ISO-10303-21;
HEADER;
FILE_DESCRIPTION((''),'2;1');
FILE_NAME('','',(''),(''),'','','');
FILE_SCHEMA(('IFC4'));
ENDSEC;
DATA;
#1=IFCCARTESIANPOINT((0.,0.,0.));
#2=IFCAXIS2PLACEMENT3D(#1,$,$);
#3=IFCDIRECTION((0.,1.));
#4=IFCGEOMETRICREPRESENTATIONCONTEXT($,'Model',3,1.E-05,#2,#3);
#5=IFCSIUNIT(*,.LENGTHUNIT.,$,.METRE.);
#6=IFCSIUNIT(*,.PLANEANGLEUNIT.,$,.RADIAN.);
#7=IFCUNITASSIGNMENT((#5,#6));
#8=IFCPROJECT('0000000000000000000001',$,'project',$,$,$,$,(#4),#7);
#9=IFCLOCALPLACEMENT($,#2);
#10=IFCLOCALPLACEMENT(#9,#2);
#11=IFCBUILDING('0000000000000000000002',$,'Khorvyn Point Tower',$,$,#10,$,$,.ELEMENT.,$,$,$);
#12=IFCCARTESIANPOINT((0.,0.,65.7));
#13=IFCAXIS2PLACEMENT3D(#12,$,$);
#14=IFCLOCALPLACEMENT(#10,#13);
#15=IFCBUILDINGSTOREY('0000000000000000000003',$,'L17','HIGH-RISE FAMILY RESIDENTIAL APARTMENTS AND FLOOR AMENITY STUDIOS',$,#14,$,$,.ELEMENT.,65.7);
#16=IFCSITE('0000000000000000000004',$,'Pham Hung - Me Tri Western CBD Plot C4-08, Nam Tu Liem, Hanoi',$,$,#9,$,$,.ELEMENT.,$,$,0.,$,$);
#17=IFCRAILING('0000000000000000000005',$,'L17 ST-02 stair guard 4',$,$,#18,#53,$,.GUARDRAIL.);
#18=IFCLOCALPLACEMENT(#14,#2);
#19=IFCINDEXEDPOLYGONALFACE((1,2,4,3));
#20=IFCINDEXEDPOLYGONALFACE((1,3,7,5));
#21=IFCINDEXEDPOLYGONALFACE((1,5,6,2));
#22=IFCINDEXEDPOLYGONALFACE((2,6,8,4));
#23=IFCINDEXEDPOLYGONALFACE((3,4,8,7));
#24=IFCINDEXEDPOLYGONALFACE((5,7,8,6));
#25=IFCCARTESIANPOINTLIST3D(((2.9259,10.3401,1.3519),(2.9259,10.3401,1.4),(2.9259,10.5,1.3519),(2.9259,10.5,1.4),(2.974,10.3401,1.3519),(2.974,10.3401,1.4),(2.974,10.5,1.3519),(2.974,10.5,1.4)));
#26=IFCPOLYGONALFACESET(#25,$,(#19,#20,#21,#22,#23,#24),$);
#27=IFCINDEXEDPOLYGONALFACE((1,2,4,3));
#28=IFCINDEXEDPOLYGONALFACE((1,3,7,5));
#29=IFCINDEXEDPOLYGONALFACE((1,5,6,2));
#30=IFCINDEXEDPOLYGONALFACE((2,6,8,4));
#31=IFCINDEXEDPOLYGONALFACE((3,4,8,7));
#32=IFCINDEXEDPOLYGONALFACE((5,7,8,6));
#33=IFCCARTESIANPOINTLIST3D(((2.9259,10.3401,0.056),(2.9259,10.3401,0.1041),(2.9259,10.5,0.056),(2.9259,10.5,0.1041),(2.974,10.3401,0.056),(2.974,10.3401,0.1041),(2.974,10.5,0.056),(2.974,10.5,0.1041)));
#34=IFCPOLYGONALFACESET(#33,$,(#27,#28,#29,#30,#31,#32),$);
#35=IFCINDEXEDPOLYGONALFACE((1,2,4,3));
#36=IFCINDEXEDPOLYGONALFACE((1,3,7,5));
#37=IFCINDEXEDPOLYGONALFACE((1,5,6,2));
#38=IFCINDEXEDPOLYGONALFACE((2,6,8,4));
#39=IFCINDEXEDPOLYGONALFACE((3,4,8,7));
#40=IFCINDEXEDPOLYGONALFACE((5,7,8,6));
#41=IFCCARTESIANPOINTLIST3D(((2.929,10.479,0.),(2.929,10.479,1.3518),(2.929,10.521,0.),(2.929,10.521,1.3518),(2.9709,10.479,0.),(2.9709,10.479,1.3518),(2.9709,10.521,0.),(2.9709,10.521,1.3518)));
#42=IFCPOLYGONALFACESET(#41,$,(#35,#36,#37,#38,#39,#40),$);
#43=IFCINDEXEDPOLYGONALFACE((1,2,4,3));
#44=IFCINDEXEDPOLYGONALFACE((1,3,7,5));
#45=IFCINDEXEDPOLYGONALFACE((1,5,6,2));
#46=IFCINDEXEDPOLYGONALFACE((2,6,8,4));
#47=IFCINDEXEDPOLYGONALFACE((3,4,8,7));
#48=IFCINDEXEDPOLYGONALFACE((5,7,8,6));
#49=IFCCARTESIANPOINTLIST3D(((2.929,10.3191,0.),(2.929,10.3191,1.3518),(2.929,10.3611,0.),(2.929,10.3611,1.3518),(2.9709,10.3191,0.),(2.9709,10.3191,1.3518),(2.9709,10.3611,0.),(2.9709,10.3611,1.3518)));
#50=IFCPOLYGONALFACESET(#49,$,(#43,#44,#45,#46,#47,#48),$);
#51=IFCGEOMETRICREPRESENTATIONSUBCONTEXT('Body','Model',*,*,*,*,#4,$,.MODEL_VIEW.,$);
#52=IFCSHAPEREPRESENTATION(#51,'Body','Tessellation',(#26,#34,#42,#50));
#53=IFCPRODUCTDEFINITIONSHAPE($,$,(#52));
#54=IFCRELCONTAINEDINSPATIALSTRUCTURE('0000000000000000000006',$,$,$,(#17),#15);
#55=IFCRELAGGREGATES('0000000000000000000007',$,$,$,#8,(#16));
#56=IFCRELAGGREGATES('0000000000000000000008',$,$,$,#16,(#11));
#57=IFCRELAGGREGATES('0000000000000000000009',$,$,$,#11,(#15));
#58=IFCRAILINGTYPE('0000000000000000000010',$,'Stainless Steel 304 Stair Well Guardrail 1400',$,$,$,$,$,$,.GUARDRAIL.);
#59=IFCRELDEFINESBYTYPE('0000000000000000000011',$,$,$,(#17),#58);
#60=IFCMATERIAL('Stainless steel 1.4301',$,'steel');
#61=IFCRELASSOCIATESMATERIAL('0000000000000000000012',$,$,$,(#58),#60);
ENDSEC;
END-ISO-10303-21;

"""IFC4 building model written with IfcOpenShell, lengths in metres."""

from ifc_helpers import new_model, si_unit, direction, frame, origin, origin_2d, place, context, subcontext, project, spatial, rectangle, extrude, material, type_object, element, save


model = new_model("IFC4")

# Units and contexts
model_context = context("Model", 3, precision=1e-05, world=origin(), true_north=direction((0.0, 1.0)))
body_context = subcontext(model_context, "Body", "Model", "MODEL_VIEW")
ifc_project = project(units=[si_unit("LENGTHUNIT", "METRE"), si_unit("PLANEANGLEUNIT", "RADIAN")], contexts=[model_context])

# Site, building, storey
site_placement = place(None, origin())
site = spatial("IfcSite", under=ifc_project, at=site_placement, Name="Pham Hung - Me Tri Western CBD Plot C4-08, Nam Tu Liem, Hanoi", CompositionType="ELEMENT", RefElevation=0.0)
building_placement = place(site_placement, origin())
building = spatial("IfcBuilding", under=site, at=building_placement, Name="Khorvyn Point Tower", CompositionType="ELEMENT")
storey_placement = place(building_placement, frame((0.0, 0.0, 65.7)))
storey = spatial("IfcBuildingStorey", under=building, at=storey_placement, Name="L17", Description="HIGH-RISE FAMILY RESIDENTIAL APARTMENTS AND FLOOR AMENITY STUDIOS", CompositionType="ELEMENT", Elevation=65.7)

# Shared definitions
ifc_material_1 = material(Name="Stainless steel 1.4301", Category="steel")

# Railing
railing_type_1 = type_object("IfcRailingType", Name="Stainless Steel 304 Stair Well Guardrail 1400", PredefinedType="GUARDRAIL", material=ifc_material_1)
railing_1_placement = place(storey_placement, frame((2.95, 10.5, 0.0)))
element("IfcRailing", 1, at=railing_1_placement, inside=storey, type_object=railing_type_1, Name="L17 ST-02 stair guard 4", PredefinedType="GUARDRAIL", context=body_context, shape_type="SweptSolid", body=[
    extrude(rectangle(XDim=0.0481, YDim=0.0481, at=origin_2d()), frame((0.0, 0.0, 1.376), z_axis=(0.0, -1.0, 0.0), x_axis=(1.0, 0.0, 0.0)), (0.0, 0.0, 1.0), 0.1599),
    extrude(rectangle(XDim=0.0481, YDim=0.0481, at=origin_2d()), frame((0.0, 0.0, 0.0801), z_axis=(0.0, -1.0, 0.0), x_axis=(1.0, 0.0, 0.0)), (0.0, 0.0, 1.0), 0.1599),
    extrude(rectangle(XDim=0.042, YDim=0.042, at=origin_2d()), origin(), (0.0, 0.0, 1.0), 1.3518),
    extrude(rectangle(XDim=0.042, YDim=0.042, at=origin_2d()), frame((0.0, -0.1599, 0.0)), (0.0, 0.0, 1.0), 1.3518),
])

save(model, "model.ifc")
